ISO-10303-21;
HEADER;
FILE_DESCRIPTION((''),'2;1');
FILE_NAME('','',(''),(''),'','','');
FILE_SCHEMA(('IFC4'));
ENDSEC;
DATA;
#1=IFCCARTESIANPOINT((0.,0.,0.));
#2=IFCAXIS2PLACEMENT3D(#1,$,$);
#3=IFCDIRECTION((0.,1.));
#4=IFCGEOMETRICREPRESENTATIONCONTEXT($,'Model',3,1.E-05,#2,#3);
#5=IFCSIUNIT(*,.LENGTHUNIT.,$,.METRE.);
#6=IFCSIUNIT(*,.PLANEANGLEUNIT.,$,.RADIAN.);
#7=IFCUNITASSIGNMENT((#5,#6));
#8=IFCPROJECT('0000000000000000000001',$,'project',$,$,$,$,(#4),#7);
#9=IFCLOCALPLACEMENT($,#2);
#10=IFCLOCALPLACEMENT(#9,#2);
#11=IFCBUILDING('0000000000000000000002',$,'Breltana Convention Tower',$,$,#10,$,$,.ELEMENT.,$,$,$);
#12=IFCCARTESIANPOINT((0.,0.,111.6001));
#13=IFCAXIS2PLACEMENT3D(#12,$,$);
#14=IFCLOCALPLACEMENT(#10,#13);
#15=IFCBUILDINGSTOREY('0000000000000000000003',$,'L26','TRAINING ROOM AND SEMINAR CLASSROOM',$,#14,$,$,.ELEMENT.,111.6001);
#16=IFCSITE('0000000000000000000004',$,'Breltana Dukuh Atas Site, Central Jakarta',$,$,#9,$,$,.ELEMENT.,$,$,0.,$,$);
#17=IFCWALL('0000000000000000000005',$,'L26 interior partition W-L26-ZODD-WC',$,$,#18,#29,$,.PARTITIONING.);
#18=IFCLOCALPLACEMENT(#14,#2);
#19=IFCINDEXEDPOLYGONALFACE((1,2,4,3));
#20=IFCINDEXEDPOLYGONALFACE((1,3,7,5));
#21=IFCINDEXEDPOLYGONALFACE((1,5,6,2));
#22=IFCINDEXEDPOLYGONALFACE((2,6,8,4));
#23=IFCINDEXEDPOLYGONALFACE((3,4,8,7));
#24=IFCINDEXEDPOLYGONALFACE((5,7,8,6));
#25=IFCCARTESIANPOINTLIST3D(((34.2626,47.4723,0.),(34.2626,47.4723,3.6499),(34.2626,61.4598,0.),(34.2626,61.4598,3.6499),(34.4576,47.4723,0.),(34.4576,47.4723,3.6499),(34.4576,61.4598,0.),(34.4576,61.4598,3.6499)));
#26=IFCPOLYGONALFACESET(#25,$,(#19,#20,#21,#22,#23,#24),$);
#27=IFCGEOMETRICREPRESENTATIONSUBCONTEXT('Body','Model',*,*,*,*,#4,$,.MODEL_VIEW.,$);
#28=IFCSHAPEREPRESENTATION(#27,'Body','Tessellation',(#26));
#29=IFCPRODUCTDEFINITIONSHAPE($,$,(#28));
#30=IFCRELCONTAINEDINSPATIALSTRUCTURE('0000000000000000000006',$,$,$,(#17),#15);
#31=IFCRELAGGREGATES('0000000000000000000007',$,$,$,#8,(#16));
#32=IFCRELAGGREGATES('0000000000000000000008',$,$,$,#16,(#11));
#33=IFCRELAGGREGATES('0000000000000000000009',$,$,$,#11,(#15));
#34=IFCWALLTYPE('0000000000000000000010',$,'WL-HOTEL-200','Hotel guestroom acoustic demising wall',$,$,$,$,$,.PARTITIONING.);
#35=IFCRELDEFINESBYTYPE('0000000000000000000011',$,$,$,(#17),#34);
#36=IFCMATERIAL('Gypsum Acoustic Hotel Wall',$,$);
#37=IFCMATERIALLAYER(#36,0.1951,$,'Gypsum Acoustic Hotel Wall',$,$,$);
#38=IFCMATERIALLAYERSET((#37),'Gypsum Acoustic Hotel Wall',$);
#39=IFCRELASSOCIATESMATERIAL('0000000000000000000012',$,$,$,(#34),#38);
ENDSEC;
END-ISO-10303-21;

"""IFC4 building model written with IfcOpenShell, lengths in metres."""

from ifc_helpers import new_model, si_unit, direction, frame, frame_2d, origin, place, context, subcontext, project, spatial, rectangle, extrude, source, transform, mapped, material, layer, layer_set, type_object, element, save


model = new_model("IFC4")

# Units and contexts
model_context = context("Model", 3, precision=1e-05, world=origin(), true_north=direction((0.0, 1.0)))
body_context = subcontext(model_context, "Body", "Model", "MODEL_VIEW")
ifc_project = project(units=[si_unit("LENGTHUNIT", "METRE"), si_unit("PLANEANGLEUNIT", "RADIAN")], contexts=[model_context])

# Site, building, storey
site_placement = place(None, origin())
site = spatial("IfcSite", under=ifc_project, at=site_placement, Name="Breltana Dukuh Atas Site, Central Jakarta", CompositionType="ELEMENT", RefElevation=0.0)
building_placement = place(site_placement, origin())
building = spatial("IfcBuilding", under=site, at=building_placement, Name="Breltana Convention Tower", CompositionType="ELEMENT")
storey_placement = place(building_placement, frame((0.0, 0.0, 111.6001)))
storey = spatial("IfcBuildingStorey", under=building, at=storey_placement, Name="L26", Description="TRAINING ROOM AND SEMINAR CLASSROOM", CompositionType="ELEMENT", Elevation=111.6001)

# Wall
ifc_material_1 = material(Name="Gypsum Acoustic Hotel Wall")
ifc_layer_1 = layer(ifc_material_1, 0.1951, Name="Gypsum Acoustic Hotel Wall")
ifc_layer_set_1 = layer_set([ifc_layer_1], Name="Gypsum Acoustic Hotel Wall")
wall_type_1 = type_object("IfcWallType", Name="WL-HOTEL-200", Description="Hotel guestroom acoustic demising wall", PredefinedType="PARTITIONING", material=ifc_layer_set_1)
shared_shape_1 = source(origin(), body_context, "Body", "SweptSolid", [
    extrude(rectangle(XDim=13.9875, YDim=0.1951, at=frame_2d((6.9937, 0.0))), origin(), (0.0, 0.0, 1.0), 3.6499),
])
wall_1_placement = place(storey_placement, frame((34.3601, 47.4724, 0.0), z_axis=(0.0, 0.0, 1.0), x_axis=(0.0, 1.0, 0.0)))
element("IfcWall", 1, at=wall_1_placement, inside=storey, type_object=wall_type_1, Name="L26 interior partition W-L26-ZODD-WC", PredefinedType="PARTITIONING", context=body_context, shape_type="MappedRepresentation", body=[
    mapped(shared_shape_1, transform((0.0, 0.0, 0.0), scale=1.0)),
])

save(model, "model.ifc")
